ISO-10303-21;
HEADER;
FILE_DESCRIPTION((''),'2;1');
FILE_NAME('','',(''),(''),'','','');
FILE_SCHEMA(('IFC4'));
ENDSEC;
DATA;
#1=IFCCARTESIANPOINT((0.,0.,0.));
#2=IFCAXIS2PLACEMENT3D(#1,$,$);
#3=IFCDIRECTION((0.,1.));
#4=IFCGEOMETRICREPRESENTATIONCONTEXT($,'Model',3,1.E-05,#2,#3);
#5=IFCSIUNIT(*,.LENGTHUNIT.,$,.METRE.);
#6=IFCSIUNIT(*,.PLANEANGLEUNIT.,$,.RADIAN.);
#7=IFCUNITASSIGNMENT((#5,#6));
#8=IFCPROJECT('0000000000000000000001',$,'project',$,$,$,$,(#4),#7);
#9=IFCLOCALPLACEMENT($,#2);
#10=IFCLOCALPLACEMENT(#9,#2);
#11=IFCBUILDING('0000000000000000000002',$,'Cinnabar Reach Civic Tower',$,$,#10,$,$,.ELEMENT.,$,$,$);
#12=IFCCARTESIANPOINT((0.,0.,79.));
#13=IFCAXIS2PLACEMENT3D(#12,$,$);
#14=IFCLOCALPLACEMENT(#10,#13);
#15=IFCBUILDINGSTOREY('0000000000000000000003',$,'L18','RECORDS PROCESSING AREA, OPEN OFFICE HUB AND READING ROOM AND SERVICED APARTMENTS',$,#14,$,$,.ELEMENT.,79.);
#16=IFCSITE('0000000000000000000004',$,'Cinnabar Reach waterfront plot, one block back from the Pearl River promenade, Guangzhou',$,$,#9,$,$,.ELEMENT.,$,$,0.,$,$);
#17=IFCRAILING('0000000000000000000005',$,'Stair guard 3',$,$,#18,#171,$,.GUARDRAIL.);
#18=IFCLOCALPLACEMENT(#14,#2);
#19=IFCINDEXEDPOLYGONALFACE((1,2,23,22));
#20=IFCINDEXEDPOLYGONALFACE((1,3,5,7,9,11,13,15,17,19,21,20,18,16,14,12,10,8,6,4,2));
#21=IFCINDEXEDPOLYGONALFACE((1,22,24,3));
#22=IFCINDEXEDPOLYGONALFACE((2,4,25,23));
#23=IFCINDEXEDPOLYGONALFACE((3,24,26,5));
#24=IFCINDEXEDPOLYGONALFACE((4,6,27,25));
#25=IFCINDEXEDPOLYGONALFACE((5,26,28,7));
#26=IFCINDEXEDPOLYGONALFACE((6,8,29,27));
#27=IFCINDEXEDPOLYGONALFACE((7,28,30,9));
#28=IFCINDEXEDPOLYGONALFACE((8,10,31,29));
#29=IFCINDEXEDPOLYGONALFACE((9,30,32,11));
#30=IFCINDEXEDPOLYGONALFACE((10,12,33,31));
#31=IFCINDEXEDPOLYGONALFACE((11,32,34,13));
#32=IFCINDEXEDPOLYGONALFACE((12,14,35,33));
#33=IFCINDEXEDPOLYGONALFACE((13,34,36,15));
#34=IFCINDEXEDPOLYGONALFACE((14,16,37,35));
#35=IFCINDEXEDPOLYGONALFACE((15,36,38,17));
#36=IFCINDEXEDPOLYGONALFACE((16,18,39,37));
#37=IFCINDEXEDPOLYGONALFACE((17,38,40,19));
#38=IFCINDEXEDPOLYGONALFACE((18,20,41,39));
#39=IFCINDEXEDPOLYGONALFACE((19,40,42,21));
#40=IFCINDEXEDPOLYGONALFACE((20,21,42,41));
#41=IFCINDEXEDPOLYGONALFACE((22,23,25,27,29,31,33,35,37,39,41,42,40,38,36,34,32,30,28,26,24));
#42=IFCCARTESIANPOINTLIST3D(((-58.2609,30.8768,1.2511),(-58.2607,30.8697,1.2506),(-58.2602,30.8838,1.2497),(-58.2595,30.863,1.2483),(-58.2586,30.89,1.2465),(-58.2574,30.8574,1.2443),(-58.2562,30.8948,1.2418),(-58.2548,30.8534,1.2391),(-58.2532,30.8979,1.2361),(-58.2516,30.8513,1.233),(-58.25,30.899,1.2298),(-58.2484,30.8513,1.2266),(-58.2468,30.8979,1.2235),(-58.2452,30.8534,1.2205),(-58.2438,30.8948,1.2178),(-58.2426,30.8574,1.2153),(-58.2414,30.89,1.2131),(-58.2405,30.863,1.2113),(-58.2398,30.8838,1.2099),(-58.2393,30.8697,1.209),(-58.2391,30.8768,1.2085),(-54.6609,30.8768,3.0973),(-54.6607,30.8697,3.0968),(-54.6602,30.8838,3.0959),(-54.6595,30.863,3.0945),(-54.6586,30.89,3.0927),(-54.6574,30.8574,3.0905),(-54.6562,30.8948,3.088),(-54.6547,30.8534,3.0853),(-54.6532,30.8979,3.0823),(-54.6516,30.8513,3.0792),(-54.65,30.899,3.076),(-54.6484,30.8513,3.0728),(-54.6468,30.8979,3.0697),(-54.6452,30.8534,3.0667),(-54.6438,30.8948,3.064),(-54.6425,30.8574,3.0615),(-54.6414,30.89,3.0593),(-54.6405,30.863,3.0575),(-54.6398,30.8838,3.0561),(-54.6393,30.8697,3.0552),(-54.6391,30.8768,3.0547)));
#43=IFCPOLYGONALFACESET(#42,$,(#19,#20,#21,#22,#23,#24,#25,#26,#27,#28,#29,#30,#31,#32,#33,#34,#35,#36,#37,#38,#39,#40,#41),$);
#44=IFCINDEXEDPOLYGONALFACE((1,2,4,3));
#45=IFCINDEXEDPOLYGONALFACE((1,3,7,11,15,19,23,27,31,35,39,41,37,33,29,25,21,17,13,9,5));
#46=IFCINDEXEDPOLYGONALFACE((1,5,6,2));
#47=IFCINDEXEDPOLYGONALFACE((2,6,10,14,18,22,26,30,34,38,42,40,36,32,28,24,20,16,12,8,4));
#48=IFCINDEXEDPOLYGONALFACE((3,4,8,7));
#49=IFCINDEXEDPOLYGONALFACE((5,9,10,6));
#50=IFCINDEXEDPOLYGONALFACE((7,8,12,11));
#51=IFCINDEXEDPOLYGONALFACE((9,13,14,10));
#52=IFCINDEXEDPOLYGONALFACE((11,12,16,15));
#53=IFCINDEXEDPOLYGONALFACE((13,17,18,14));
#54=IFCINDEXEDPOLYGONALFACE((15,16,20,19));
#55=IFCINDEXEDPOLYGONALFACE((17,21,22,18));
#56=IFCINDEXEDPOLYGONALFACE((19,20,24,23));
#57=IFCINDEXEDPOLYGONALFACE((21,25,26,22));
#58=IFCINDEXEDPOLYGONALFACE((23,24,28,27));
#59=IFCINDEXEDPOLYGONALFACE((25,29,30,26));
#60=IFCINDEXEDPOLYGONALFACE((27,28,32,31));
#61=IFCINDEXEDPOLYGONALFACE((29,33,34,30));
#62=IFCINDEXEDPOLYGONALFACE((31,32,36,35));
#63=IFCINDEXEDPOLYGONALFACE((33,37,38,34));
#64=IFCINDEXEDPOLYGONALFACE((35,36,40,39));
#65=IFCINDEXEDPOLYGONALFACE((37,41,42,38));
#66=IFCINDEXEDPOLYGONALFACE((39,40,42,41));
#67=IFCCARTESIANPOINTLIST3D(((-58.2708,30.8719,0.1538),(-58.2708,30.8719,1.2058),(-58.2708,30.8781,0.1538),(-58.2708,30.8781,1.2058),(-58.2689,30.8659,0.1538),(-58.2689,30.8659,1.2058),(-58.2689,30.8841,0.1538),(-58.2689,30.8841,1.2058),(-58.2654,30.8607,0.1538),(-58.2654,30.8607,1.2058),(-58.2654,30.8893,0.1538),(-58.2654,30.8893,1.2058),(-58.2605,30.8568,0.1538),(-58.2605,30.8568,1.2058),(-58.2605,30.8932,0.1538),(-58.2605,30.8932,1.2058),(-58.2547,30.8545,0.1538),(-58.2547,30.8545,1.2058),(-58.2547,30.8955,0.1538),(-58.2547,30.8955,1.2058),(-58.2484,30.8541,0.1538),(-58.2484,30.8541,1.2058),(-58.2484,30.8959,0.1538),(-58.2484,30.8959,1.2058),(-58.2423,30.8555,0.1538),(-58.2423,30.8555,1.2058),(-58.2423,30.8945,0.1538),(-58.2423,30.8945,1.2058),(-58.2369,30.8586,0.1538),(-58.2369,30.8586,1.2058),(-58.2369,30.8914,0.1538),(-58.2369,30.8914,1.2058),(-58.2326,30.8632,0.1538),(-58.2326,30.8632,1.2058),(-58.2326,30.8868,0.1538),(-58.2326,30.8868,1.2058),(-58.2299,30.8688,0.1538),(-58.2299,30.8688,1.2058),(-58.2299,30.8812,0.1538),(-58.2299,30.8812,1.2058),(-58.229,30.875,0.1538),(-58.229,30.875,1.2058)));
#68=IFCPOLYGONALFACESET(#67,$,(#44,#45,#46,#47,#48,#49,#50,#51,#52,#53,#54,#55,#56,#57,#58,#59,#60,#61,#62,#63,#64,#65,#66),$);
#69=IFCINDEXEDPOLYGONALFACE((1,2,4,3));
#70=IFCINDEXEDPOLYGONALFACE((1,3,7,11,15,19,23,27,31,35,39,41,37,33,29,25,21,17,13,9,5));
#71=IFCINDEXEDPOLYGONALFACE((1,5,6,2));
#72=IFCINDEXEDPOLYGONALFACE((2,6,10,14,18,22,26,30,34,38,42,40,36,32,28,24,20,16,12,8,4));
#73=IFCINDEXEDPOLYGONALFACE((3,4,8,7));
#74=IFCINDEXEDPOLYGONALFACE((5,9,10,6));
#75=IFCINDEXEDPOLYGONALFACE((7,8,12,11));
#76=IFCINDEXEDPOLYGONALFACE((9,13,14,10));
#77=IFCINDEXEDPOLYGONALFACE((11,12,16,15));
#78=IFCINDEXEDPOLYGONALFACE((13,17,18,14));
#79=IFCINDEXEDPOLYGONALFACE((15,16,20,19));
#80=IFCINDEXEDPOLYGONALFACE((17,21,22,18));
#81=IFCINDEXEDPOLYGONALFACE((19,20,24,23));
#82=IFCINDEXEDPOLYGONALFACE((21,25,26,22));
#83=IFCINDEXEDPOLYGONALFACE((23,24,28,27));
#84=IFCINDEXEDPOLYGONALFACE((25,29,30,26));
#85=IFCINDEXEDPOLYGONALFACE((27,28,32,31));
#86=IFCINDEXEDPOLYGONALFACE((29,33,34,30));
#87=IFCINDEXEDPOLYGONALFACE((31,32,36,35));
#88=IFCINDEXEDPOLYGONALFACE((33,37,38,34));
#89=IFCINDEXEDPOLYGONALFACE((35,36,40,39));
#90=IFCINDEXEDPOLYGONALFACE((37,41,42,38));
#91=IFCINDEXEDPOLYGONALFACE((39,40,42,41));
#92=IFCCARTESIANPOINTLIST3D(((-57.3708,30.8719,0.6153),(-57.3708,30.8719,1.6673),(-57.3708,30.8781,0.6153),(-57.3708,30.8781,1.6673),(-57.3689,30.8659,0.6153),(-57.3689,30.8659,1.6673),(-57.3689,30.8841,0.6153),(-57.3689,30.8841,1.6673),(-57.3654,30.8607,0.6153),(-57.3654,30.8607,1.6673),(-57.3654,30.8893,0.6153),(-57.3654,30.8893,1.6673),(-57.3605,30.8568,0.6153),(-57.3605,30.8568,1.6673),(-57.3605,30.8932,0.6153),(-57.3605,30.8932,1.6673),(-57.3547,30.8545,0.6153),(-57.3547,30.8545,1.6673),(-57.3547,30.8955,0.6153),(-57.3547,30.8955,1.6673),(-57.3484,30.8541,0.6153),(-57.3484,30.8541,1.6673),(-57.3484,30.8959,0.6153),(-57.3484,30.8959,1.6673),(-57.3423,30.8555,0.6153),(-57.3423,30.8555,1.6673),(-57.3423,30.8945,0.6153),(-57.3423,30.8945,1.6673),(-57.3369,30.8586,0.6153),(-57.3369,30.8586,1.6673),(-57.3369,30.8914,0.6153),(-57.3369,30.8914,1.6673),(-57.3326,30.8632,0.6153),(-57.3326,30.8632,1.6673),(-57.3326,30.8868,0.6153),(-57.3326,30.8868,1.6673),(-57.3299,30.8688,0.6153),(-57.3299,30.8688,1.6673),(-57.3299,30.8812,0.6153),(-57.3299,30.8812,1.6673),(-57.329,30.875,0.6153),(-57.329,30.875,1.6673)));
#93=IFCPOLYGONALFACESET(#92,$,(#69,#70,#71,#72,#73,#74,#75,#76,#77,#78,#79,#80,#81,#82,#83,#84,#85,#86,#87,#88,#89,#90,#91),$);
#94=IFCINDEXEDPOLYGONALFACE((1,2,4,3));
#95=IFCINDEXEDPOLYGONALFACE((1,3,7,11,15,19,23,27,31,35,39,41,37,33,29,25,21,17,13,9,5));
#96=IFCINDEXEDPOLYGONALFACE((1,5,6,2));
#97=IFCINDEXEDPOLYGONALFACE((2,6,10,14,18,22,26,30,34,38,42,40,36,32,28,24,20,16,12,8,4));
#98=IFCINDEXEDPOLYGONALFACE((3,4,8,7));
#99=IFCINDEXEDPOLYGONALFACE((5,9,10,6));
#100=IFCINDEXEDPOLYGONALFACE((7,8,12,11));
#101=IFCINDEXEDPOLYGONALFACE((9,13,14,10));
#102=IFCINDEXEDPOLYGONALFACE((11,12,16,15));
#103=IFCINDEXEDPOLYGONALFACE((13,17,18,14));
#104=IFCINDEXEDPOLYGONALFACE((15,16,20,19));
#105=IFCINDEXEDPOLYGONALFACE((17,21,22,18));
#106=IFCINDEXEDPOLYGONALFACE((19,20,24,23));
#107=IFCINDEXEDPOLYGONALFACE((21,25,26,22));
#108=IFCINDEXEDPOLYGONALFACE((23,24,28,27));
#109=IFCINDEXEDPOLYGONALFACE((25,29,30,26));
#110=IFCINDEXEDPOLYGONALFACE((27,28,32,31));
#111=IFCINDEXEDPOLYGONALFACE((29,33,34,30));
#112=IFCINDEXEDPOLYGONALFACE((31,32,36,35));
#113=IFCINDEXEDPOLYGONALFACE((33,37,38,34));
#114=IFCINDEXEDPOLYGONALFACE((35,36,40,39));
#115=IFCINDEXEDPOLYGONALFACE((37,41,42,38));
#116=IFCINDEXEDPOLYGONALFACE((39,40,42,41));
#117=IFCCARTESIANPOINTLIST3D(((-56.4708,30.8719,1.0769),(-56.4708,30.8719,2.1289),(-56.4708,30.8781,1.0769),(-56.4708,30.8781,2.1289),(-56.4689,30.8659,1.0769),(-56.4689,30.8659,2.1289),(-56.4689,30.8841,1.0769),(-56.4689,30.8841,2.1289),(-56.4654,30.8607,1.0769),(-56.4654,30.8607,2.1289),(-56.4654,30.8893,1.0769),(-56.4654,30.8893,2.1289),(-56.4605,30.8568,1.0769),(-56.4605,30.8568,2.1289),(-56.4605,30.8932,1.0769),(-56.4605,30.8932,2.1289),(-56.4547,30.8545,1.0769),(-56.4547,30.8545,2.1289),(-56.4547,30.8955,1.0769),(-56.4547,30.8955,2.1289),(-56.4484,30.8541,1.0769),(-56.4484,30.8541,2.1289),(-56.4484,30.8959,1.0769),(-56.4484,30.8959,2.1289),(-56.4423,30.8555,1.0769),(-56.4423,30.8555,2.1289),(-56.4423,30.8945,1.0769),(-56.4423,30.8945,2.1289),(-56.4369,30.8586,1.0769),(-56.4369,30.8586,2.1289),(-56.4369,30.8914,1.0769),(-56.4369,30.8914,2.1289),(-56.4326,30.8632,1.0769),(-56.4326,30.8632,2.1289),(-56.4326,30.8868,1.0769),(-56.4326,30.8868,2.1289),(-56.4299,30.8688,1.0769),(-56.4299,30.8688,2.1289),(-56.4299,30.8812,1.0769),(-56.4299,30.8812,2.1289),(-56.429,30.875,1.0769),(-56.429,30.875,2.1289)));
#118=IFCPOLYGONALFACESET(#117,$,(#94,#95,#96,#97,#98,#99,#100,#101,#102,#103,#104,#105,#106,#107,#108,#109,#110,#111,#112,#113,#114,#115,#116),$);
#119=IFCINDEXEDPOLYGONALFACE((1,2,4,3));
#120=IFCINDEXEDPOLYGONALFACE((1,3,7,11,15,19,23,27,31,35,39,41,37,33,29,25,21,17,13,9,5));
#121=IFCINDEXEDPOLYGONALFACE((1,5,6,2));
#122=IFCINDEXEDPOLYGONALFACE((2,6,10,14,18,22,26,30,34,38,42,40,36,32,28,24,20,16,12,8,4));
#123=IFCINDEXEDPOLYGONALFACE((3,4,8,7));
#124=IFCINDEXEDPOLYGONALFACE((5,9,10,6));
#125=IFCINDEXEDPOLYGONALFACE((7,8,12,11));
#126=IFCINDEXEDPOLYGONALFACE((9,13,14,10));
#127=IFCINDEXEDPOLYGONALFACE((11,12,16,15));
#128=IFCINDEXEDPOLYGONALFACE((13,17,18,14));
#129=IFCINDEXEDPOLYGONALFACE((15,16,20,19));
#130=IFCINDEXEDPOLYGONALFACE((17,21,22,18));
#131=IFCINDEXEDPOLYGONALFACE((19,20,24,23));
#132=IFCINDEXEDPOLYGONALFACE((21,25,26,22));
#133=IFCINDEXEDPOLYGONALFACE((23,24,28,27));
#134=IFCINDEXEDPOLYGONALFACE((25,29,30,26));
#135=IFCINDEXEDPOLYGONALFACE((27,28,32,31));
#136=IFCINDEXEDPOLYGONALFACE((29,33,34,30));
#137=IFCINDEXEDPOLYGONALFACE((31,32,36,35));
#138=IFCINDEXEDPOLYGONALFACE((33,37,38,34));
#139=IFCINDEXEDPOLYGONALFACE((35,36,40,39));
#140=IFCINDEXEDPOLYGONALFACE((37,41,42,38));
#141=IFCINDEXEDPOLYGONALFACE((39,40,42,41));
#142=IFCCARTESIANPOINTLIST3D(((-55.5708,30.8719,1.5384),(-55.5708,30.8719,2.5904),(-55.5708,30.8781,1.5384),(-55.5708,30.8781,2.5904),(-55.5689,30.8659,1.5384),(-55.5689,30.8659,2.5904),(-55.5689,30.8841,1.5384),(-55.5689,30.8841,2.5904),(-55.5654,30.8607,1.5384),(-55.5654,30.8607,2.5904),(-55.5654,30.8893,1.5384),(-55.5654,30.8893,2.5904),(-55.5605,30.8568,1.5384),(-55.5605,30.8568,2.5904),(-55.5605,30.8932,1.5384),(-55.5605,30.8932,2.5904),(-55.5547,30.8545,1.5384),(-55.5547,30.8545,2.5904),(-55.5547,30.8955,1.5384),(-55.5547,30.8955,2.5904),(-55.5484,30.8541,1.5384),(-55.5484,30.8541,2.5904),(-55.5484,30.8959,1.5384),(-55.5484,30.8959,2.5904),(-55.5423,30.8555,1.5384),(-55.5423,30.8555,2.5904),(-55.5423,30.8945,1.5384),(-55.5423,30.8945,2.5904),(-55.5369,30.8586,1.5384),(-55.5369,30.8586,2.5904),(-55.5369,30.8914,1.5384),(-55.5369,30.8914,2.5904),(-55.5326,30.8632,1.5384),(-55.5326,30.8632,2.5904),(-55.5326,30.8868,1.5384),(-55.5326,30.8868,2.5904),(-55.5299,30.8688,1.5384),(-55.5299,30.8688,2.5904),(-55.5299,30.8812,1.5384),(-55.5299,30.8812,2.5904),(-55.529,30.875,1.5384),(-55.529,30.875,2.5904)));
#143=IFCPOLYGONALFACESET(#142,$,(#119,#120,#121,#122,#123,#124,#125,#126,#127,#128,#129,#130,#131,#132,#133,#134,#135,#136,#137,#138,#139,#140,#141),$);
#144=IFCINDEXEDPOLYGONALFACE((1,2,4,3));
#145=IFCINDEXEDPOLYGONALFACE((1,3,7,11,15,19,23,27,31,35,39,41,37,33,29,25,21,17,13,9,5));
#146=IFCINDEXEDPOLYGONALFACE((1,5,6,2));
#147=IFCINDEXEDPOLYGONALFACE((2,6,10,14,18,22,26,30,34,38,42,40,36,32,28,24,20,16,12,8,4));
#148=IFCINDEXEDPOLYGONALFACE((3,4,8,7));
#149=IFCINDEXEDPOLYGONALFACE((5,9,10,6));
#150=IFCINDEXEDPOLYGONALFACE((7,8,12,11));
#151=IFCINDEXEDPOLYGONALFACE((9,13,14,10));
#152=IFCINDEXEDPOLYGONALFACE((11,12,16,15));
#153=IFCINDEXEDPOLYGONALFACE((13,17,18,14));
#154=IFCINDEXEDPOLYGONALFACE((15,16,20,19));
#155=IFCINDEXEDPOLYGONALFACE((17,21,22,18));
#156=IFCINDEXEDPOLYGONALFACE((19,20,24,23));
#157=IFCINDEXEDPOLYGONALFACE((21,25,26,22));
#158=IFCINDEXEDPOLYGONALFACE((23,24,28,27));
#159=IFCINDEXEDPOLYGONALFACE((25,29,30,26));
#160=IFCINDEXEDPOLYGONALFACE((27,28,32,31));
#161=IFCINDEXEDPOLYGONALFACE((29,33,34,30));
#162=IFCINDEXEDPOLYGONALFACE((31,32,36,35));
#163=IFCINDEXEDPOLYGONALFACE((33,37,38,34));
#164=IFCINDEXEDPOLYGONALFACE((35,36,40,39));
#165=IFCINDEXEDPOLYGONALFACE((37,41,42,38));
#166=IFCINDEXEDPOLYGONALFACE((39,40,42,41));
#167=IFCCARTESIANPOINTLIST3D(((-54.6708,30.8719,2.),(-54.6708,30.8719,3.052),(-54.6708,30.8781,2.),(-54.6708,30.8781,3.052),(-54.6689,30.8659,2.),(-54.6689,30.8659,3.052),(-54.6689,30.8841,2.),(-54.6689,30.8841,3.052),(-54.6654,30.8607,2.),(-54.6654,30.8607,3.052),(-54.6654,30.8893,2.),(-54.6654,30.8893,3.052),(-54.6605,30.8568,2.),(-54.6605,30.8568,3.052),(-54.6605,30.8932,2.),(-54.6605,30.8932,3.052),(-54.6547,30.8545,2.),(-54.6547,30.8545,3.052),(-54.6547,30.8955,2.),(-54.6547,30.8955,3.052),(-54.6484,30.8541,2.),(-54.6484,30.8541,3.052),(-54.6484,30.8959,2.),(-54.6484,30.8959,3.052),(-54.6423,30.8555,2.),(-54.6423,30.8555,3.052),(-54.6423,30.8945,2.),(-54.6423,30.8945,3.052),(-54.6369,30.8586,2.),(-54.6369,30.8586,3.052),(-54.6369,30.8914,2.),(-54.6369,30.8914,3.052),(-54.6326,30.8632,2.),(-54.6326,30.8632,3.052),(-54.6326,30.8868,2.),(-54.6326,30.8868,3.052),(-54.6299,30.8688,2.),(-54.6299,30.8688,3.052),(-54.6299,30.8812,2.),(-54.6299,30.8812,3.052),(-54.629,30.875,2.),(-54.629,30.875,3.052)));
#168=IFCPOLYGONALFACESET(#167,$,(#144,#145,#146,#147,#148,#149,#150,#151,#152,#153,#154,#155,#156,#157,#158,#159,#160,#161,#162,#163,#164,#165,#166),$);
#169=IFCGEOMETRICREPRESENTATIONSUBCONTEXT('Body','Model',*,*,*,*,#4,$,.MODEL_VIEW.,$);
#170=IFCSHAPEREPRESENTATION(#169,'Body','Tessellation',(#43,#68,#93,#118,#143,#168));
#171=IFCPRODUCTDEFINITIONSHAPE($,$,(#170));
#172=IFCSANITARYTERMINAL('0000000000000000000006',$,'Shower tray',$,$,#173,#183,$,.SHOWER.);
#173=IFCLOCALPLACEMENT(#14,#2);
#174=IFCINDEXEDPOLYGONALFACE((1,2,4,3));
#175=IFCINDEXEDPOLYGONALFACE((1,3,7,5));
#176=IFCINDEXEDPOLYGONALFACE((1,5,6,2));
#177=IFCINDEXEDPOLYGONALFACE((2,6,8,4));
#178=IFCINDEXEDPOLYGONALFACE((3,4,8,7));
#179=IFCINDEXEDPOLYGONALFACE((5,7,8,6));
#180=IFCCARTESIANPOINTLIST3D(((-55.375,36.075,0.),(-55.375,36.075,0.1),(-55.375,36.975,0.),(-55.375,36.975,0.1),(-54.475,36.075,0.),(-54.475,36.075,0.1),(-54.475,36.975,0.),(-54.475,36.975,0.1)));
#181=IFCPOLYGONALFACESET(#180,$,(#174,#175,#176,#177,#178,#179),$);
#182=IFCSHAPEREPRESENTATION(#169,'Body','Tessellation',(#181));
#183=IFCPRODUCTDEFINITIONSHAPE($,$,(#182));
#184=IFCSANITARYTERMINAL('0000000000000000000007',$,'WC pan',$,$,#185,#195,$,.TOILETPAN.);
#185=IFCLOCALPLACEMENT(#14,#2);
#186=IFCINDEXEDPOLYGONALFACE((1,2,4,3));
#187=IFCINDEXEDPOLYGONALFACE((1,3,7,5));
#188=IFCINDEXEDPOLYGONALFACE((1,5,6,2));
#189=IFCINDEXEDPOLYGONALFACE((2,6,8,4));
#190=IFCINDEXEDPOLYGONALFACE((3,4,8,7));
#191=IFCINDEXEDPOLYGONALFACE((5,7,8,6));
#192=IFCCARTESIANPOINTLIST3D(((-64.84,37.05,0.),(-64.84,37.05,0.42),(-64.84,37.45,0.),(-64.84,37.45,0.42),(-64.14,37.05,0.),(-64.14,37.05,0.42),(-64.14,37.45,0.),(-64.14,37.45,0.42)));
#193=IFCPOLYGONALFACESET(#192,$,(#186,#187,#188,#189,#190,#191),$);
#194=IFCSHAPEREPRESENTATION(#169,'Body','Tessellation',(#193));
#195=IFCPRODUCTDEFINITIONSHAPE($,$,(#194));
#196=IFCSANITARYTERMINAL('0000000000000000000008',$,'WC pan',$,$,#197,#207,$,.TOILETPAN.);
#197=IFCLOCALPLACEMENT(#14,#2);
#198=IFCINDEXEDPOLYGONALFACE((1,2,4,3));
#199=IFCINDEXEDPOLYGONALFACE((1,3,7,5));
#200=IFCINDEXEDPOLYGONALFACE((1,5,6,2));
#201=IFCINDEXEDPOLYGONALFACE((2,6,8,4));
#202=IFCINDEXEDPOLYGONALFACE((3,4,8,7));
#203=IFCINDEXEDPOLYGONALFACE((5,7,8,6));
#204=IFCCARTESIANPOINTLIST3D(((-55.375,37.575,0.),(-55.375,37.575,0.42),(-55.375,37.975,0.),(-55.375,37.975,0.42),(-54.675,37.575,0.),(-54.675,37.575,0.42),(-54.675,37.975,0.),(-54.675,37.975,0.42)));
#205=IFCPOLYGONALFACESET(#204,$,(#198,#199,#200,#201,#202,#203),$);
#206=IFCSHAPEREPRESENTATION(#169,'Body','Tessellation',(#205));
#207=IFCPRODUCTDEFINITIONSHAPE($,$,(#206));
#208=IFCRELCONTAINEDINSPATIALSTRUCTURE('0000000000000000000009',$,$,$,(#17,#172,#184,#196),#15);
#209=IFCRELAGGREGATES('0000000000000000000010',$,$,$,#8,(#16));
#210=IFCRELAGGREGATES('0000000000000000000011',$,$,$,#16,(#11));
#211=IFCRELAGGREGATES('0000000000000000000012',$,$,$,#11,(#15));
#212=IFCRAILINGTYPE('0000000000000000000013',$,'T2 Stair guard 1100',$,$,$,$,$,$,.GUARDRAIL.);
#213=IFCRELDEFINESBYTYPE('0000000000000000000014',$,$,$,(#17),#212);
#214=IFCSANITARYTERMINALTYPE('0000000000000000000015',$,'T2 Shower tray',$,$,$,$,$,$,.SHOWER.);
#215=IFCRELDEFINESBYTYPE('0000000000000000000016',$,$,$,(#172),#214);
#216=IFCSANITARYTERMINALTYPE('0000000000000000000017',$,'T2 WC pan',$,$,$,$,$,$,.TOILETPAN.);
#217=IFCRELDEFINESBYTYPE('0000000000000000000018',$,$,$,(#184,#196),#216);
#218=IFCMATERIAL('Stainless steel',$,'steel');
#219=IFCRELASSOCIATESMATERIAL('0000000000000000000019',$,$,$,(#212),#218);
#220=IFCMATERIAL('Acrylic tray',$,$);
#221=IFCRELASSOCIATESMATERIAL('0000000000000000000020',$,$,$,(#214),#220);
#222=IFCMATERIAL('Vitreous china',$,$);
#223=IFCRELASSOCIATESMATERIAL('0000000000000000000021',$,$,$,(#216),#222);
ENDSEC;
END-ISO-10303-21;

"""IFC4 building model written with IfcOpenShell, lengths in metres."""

from ifc_helpers import new_model, si_unit, direction, frame, origin, origin_2d, place, context, subcontext, project, spatial, rectangle, circle, extrude, material, type_object, element, save


model = new_model("IFC4")

# Units and contexts
model_context = context("Model", 3, precision=1e-05, world=origin(), true_north=direction((0.0, 1.0)))
body_context = subcontext(model_context, "Body", "Model", "MODEL_VIEW")
ifc_project = project(units=[si_unit("LENGTHUNIT", "METRE"), si_unit("PLANEANGLEUNIT", "RADIAN")], contexts=[model_context])

# Site, building, storey
site_placement = place(None, origin())
site = spatial("IfcSite", under=ifc_project, at=site_placement, Name="Cinnabar Reach waterfront plot, one block back from the Pearl River promenade, Guangzhou", CompositionType="ELEMENT", RefElevation=0.0)
building_placement = place(site_placement, origin())
building = spatial("IfcBuilding", under=site, at=building_placement, Name="Cinnabar Reach Civic Tower", CompositionType="ELEMENT")
storey_placement = place(building_placement, frame((0.0, 0.0, 79.0)))
storey = spatial("IfcBuildingStorey", under=building, at=storey_placement, Name="L18", Description="RECORDS PROCESSING AREA, OPEN OFFICE HUB AND READING ROOM AND SERVICED APARTMENTS", CompositionType="ELEMENT", Elevation=79.0)

# Railing
ifc_material_1 = material(Name="Stainless steel", Category="steel")
railing_type = type_object("IfcRailingType", Name="T2 Stair guard 1100", PredefinedType="GUARDRAIL", material=ifc_material_1)
railing_1_placement = place(storey_placement, frame((-58.25, 30.875, 0.1538)))
element("IfcRailing", 1, at=railing_1_placement, inside=storey, type_object=railing_type, Name="Stair guard 3", PredefinedType="GUARDRAIL", context=body_context, shape_type="SweptSolid", body=[
    extrude(circle(Radius=0.024, at=origin_2d()), frame((0.0, 0.0, 1.076), z_axis=(0.889813, 0.0, 0.456326), x_axis=(0.0, 1.0, 0.0)), (0.0, 0.0, 1.0), 4.0458),
    extrude(circle(Radius=0.021, at=origin_2d()), origin(), (0.0, 0.0, 1.0), 1.052),
    extrude(circle(Radius=0.021, at=origin_2d()), frame((0.9, 0.0, 0.4615)), (0.0, 0.0, 1.0), 1.052),
    extrude(circle(Radius=0.021, at=origin_2d()), frame((1.8, 0.0, 0.9231)), (0.0, 0.0, 1.0), 1.052),
    extrude(circle(Radius=0.021, at=origin_2d()), frame((2.7, 0.0, 1.3846)), (0.0, 0.0, 1.0), 1.052),
    extrude(circle(Radius=0.021, at=origin_2d()), frame((3.6, 0.0, 1.8462)), (0.0, 0.0, 1.0), 1.052),
])

# Sanitary terminals
ifc_material_2 = material(Name="Acrylic tray")
sanitary_terminal_type_1 = type_object("IfcSanitaryTerminalType", Name="T2 Shower tray", PredefinedType="SHOWER", material=ifc_material_2)
sanitary_terminal_placement = place(storey_placement, frame((-54.925, 36.525, 0.0), z_axis=(0.0, 0.0, 1.0), x_axis=(1.0, 0.0, 0.0)))
element("IfcSanitaryTerminal", 2, at=sanitary_terminal_placement, inside=storey, type_object=sanitary_terminal_type_1, Name="Shower tray", PredefinedType="SHOWER", context=body_context, shape_type="SweptSolid", body=[
    extrude(rectangle(XDim=0.9, YDim=0.9, at=origin_2d()), origin(), (0.0, 0.0, 1.0), 0.1),
])
ifc_material_3 = material(Name="Vitreous china")
sanitary_terminal_type_2 = type_object("IfcSanitaryTerminalType", Name="T2 WC pan", PredefinedType="TOILETPAN", material=ifc_material_3)
for number, where, z_axis, x_axis, name in (
    (3, (-64.49, 37.25, 0.0), (0.0, 0.0, 1.0), (1.0, 0.0, 0.0), "WC pan"),
    (4, (-55.025, 37.775, 0.0), (0.0, 0.0, 1.0), (1.0, 0.0, 0.0), "WC pan"),
):
    element("IfcSanitaryTerminal", number, at=place(storey_placement, frame(where, z_axis=z_axis, x_axis=x_axis)), inside=storey, type_object=sanitary_terminal_type_2, Name=name, PredefinedType="TOILETPAN", context=body_context, shape_type="SweptSolid", body=[
        extrude(rectangle(XDim=0.7, YDim=0.4, at=origin_2d()), origin(), (0.0, 0.0, 1.0), 0.42),
    ])

save(model, "model.ifc")
